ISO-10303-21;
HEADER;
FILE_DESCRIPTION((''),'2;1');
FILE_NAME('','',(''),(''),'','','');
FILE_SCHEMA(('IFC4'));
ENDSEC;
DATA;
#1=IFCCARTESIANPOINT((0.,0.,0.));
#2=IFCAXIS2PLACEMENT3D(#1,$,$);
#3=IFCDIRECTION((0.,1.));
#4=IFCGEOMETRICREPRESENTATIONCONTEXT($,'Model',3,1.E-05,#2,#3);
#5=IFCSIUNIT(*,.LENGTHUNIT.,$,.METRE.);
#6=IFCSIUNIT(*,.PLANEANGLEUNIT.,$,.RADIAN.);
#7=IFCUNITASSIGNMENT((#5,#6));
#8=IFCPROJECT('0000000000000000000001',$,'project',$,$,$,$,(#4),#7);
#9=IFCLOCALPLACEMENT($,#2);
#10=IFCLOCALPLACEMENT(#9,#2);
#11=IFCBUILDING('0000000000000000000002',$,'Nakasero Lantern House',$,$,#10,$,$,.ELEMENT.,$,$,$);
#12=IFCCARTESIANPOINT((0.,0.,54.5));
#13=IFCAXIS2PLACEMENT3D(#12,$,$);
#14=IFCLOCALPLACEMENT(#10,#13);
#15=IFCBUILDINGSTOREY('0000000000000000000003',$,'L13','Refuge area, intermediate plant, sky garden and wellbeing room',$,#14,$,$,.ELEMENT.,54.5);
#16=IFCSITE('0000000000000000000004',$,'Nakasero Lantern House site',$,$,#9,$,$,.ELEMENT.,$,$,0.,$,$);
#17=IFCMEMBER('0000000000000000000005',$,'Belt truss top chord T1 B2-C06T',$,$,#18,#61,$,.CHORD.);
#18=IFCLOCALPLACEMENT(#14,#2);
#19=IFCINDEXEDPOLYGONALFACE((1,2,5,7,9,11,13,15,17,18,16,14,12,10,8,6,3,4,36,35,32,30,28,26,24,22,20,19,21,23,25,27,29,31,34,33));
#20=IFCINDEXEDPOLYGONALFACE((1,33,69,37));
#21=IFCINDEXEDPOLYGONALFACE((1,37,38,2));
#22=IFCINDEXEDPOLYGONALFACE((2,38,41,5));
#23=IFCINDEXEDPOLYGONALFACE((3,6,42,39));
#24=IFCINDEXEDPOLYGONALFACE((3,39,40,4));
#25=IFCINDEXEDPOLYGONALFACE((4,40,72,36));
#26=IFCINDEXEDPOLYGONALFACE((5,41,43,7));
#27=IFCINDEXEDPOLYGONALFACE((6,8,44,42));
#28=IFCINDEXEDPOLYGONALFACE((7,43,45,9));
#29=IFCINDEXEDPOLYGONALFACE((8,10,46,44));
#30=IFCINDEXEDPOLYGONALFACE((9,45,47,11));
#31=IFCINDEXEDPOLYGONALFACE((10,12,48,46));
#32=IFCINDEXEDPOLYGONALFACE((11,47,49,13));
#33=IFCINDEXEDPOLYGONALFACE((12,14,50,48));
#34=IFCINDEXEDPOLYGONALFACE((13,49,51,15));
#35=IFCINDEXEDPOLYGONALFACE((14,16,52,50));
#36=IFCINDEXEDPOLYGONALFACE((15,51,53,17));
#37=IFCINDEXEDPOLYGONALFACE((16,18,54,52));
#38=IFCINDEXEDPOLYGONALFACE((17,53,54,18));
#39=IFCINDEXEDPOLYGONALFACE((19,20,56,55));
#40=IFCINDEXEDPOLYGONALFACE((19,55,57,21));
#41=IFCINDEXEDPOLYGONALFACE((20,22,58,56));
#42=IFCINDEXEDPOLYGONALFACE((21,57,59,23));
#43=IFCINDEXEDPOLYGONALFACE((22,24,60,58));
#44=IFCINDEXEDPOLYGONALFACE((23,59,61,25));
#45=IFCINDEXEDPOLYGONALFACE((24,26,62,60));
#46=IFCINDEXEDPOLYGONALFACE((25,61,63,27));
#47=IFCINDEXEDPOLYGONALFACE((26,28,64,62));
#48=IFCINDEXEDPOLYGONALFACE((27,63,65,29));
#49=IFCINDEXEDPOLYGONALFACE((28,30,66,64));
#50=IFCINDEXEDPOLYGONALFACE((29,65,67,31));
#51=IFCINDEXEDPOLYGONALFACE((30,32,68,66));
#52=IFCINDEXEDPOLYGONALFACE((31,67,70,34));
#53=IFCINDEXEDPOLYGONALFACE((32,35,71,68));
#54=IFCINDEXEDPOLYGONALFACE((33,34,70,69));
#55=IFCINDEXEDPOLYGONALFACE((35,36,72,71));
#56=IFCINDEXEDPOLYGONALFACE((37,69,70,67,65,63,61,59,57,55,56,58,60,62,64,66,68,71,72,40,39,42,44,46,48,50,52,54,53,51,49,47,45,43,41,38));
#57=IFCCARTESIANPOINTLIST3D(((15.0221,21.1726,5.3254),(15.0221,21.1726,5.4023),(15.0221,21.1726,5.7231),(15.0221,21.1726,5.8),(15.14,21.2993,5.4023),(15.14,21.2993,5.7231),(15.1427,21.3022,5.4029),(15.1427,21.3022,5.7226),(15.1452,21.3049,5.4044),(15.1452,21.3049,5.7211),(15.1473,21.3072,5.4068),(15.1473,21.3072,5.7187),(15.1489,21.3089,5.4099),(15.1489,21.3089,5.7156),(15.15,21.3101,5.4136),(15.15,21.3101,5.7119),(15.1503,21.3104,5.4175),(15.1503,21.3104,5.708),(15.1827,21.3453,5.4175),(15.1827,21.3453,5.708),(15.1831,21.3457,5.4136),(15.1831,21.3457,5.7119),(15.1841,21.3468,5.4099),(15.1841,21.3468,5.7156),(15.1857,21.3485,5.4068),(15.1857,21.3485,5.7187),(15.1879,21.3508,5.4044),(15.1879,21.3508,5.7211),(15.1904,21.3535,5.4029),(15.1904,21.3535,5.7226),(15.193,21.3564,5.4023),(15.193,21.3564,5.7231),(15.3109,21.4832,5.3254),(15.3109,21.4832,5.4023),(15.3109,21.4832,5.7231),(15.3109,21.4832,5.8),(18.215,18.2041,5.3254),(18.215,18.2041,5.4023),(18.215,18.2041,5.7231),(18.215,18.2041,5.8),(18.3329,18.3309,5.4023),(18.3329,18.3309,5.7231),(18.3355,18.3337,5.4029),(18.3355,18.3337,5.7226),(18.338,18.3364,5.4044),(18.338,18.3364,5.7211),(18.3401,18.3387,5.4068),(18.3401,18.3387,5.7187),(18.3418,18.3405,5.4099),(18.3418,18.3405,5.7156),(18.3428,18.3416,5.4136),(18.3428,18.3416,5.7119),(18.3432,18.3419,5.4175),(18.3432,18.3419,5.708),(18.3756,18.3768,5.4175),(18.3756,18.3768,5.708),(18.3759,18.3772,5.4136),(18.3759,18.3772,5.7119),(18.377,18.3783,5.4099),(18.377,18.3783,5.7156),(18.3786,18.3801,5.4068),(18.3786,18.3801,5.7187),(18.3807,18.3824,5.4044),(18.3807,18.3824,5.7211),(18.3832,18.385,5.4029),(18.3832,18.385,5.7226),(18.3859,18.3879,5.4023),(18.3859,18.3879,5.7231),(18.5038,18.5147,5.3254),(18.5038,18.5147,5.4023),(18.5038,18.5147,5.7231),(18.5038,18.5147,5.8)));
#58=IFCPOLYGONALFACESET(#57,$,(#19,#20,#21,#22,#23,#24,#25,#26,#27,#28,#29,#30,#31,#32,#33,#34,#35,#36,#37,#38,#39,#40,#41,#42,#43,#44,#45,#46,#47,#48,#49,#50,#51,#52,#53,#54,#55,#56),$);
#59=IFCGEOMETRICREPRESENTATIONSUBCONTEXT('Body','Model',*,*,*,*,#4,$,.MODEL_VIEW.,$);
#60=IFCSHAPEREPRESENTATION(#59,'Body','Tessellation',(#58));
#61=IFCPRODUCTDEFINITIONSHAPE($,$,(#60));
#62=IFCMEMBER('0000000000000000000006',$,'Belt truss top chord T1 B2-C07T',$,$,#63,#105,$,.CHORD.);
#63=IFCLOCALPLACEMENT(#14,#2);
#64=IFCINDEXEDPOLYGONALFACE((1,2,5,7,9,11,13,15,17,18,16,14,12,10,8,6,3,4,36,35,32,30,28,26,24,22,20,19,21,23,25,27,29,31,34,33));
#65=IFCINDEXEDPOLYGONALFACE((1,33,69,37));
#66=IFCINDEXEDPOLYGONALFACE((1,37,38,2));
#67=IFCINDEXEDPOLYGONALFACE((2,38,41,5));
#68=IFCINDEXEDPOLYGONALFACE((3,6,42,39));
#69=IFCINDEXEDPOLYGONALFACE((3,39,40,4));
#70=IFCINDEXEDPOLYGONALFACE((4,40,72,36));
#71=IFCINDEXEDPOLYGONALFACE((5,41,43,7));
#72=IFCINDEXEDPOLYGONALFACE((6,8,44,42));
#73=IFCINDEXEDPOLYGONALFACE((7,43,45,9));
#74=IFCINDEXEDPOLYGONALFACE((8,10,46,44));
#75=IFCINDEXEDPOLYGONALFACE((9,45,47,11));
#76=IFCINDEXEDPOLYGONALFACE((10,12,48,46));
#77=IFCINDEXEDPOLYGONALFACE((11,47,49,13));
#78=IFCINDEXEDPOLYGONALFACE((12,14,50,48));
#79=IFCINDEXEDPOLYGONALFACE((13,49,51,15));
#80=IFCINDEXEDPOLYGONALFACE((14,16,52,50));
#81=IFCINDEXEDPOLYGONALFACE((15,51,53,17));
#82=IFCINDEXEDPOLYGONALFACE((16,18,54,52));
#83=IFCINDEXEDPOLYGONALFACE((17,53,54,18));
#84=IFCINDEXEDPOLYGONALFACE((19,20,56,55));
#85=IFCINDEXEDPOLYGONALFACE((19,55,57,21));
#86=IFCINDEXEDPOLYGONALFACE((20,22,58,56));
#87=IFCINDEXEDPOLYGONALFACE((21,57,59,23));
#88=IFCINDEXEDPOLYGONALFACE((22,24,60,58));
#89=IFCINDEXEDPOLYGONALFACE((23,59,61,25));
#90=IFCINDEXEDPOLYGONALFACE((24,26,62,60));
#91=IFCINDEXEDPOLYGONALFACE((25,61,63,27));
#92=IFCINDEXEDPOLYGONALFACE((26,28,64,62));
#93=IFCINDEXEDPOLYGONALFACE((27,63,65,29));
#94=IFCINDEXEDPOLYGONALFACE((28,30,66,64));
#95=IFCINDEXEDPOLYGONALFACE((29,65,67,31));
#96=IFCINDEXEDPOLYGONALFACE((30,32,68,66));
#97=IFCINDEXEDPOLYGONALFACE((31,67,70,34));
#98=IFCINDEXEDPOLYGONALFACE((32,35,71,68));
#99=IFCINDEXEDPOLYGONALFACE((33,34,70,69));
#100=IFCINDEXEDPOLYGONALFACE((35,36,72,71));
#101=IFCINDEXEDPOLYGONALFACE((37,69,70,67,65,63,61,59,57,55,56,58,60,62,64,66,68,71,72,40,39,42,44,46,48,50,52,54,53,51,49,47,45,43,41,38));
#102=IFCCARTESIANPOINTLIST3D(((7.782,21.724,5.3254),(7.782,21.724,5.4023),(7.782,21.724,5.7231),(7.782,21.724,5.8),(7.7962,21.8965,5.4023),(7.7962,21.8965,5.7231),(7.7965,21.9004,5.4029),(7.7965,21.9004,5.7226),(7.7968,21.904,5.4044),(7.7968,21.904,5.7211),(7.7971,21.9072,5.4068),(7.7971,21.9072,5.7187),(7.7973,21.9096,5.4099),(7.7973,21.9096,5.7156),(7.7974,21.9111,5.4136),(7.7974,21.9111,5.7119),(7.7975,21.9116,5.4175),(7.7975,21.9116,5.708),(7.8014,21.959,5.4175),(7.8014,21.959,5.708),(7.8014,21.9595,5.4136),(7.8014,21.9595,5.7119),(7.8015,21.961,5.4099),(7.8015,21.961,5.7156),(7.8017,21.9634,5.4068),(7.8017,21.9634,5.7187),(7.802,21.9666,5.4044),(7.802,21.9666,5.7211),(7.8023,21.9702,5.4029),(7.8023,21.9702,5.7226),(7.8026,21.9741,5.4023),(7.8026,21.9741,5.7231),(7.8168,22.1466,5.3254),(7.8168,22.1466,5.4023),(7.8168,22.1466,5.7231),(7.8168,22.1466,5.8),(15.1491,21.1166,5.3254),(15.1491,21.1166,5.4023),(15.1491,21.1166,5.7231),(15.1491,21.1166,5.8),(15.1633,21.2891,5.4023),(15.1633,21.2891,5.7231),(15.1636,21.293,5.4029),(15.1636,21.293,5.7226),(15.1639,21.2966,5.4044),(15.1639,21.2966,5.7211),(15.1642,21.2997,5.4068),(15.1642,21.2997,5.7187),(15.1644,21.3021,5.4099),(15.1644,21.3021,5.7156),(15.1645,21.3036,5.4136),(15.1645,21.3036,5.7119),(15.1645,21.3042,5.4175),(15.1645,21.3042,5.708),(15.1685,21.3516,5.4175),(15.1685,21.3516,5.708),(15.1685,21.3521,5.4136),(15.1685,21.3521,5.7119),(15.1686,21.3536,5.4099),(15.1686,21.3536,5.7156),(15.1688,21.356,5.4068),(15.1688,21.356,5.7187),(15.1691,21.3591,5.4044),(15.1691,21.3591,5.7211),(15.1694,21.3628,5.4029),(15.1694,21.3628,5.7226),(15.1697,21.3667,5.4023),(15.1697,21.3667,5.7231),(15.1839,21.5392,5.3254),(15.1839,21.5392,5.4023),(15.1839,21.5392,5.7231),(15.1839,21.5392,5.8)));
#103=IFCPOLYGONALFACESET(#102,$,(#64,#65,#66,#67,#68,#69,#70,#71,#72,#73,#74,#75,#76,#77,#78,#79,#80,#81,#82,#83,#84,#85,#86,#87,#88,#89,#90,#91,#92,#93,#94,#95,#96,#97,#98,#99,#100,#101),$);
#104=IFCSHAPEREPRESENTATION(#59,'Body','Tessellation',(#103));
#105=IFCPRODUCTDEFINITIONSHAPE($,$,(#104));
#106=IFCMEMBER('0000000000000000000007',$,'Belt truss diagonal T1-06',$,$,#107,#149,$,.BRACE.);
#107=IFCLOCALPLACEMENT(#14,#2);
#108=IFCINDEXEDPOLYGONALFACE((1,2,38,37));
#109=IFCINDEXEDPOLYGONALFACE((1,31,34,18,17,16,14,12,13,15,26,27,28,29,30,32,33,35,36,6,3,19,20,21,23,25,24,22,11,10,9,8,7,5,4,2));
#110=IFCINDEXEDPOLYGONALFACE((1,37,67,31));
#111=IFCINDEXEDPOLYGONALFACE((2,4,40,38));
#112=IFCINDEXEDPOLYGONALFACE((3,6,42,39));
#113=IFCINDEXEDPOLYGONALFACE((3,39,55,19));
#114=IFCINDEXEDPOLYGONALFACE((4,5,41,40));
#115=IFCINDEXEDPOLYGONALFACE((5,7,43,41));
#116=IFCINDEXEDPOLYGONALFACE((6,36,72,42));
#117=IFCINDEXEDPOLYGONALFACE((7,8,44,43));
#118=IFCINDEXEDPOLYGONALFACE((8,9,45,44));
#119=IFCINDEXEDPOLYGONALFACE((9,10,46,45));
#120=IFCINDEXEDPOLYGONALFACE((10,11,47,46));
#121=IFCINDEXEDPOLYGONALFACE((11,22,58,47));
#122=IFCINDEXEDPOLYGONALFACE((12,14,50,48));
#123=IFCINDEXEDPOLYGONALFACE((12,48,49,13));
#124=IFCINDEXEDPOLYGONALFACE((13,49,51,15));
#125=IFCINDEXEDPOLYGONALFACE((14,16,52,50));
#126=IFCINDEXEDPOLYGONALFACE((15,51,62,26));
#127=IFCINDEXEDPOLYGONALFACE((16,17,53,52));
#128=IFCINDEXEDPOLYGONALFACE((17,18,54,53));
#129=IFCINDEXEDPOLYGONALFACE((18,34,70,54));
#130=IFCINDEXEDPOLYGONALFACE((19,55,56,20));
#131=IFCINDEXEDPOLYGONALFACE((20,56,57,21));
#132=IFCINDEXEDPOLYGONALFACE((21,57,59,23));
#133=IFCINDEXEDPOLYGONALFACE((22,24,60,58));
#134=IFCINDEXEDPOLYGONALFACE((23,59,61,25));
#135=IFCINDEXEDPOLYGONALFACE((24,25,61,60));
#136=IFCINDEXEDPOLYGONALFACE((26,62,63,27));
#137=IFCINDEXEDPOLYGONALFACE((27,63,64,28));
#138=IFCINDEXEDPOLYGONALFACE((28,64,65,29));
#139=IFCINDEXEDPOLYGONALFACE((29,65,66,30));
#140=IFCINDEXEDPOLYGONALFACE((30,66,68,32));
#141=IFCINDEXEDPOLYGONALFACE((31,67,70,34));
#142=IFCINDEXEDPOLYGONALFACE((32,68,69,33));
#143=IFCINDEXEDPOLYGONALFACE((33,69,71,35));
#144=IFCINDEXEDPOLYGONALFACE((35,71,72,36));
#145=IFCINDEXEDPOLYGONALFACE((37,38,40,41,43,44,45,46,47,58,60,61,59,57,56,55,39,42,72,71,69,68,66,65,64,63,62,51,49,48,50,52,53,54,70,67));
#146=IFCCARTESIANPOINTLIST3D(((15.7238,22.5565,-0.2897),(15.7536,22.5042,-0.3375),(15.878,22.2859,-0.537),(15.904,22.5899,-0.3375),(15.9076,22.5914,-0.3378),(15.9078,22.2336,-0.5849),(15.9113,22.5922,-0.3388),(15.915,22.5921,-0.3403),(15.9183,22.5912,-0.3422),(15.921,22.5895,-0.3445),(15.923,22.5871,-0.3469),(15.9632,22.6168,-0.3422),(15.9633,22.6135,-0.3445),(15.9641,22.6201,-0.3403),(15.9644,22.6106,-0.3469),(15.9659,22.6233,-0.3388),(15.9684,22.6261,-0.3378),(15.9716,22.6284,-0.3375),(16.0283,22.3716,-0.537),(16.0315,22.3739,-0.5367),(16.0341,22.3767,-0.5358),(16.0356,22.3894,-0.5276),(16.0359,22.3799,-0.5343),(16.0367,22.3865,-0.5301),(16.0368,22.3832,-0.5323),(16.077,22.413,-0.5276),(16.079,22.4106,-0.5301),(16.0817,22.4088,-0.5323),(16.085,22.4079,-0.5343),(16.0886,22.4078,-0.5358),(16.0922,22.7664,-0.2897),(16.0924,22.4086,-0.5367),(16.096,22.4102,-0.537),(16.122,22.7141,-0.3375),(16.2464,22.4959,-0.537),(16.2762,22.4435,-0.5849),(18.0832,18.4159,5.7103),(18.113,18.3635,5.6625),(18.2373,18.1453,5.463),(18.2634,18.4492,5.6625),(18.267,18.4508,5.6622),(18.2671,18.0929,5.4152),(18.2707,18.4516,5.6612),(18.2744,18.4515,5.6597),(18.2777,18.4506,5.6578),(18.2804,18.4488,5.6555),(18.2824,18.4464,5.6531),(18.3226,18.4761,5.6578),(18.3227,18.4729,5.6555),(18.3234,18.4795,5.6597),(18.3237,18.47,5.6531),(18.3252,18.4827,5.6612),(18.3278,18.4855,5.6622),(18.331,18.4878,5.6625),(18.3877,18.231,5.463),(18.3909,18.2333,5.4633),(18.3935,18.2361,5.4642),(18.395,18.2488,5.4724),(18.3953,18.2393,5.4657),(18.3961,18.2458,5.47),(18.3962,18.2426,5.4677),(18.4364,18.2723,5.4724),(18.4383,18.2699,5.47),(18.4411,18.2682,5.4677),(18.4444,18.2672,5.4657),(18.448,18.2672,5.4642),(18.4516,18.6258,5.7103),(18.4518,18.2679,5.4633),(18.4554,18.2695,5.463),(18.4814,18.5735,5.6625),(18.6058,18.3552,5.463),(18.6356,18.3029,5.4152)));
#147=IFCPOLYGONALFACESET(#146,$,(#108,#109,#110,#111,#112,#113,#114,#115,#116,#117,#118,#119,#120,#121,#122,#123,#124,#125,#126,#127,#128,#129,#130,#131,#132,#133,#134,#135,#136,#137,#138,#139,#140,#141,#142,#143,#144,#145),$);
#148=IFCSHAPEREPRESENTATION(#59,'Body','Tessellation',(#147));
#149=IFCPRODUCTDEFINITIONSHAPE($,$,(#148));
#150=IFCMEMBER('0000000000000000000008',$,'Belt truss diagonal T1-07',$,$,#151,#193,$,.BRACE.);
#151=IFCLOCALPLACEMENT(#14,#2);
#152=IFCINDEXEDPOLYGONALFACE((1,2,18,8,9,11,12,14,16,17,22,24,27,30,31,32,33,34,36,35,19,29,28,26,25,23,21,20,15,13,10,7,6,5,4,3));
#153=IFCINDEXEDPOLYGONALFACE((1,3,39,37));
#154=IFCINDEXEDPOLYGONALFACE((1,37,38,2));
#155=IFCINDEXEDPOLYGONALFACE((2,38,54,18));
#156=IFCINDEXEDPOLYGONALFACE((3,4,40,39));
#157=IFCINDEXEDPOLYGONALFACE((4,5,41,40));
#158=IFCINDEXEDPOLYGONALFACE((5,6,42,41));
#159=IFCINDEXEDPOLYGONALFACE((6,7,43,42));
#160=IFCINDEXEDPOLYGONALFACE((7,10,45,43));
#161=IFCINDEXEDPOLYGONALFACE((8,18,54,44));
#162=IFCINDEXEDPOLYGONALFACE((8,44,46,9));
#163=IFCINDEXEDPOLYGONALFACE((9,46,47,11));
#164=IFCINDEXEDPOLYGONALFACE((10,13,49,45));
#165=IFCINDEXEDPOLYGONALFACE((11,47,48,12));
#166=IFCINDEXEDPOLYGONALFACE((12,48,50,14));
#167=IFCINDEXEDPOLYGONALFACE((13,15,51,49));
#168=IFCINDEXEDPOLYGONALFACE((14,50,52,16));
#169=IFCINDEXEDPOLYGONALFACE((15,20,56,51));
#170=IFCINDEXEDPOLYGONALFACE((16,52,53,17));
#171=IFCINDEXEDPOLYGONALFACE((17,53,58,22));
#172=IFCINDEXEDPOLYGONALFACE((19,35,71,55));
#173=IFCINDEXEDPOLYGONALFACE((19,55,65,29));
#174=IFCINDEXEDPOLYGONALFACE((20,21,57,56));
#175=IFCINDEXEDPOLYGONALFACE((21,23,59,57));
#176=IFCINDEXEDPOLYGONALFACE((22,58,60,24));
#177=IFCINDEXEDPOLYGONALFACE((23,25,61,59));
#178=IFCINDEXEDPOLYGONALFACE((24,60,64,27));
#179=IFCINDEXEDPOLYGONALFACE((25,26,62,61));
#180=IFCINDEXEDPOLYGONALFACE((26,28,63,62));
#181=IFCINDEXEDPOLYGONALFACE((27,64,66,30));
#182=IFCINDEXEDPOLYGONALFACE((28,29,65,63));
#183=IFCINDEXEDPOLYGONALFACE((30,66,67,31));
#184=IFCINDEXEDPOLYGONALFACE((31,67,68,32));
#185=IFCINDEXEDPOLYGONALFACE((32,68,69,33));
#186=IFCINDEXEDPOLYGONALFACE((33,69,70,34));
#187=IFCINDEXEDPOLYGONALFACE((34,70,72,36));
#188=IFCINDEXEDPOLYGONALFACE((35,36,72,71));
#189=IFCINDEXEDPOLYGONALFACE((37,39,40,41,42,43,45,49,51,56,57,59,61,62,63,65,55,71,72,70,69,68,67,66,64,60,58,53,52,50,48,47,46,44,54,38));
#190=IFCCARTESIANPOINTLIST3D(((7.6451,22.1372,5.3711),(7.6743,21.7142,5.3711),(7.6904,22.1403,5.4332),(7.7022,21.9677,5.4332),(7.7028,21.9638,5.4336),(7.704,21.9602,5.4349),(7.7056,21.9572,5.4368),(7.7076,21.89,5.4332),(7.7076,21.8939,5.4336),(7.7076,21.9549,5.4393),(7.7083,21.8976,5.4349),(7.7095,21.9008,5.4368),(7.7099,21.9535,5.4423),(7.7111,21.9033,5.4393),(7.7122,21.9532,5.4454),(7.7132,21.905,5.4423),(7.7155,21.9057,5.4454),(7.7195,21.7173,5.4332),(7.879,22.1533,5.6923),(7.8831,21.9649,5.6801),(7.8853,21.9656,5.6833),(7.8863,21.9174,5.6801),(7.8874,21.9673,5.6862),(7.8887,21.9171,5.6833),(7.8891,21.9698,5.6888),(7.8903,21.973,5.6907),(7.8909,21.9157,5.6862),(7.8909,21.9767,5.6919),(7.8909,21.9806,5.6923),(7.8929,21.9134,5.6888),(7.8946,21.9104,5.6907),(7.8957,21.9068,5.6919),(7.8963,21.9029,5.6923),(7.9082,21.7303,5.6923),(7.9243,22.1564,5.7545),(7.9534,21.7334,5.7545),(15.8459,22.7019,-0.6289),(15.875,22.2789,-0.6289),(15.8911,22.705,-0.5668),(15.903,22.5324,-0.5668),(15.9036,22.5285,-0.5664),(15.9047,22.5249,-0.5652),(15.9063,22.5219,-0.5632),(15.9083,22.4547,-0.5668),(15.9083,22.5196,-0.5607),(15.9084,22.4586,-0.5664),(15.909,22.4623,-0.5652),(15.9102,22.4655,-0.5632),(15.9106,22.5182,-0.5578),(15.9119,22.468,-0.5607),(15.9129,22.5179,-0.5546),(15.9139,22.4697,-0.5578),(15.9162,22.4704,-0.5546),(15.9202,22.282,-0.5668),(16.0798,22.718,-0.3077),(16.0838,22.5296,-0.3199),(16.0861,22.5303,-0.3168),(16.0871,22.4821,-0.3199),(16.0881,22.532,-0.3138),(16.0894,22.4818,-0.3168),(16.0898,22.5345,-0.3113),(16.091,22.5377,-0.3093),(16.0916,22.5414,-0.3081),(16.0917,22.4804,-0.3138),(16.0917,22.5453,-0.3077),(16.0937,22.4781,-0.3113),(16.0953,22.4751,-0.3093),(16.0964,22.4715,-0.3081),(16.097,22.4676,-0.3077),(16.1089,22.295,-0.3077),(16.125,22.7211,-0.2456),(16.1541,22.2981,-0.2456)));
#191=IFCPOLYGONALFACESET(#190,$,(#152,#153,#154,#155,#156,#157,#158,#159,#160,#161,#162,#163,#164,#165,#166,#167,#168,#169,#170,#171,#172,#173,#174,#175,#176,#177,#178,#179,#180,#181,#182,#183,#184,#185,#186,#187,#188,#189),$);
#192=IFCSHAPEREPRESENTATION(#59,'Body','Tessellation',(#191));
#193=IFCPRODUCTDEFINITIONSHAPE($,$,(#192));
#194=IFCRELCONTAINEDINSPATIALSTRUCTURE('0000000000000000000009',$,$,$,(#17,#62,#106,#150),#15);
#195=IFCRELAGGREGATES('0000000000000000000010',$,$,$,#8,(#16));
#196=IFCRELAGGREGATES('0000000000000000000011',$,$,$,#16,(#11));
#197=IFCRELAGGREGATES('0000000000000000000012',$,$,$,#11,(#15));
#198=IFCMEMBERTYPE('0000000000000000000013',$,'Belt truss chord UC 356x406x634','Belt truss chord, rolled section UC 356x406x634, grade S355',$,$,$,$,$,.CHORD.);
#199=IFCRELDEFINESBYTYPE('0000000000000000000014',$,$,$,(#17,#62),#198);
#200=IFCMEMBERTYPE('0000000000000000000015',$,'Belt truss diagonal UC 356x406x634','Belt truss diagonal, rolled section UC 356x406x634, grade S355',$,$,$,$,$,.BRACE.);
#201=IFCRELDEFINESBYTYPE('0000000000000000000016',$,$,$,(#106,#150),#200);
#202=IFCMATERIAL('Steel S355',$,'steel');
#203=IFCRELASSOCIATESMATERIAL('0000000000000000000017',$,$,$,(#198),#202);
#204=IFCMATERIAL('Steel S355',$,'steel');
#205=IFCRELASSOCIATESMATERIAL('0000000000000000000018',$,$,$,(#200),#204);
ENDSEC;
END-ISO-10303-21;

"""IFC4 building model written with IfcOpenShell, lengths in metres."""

from ifc_helpers import new_model, si_unit, direction, frame, origin, origin_2d, place, context, subcontext, project, spatial, i_section, extrude, material, material_profile, profile_set, type_object, element, save


model = new_model("IFC4")

# Units and contexts
model_context = context("Model", 3, precision=1e-05, world=origin(), true_north=direction((0.0, 1.0)))
body_context = subcontext(model_context, "Body", "Model", "MODEL_VIEW")
ifc_project = project(units=[si_unit("LENGTHUNIT", "METRE"), si_unit("PLANEANGLEUNIT", "RADIAN")], contexts=[model_context])

# Site, building, storey
site_placement = place(None, origin())
site = spatial("IfcSite", under=ifc_project, at=site_placement, Name="Nakasero Lantern House site", CompositionType="ELEMENT", RefElevation=0.0)
building_placement = place(site_placement, origin())
building = spatial("IfcBuilding", under=site, at=building_placement, Name="Nakasero Lantern House", CompositionType="ELEMENT")
storey_placement = place(building_placement, frame((0.0, 0.0, 54.5)))
storey = spatial("IfcBuildingStorey", under=building, at=storey_placement, Name="L13", Description="Refuge area, intermediate plant, sky garden and wellbeing room", CompositionType="ELEMENT", Elevation=54.5)

# Members
ifc_material_1 = material(Name="Steel S355", Category="steel")
ifc_material_profile_1 = material_profile(ifc_material_1, i_section(OverallWidth=0.4241, OverallDepth=0.4746, WebThickness=0.0476, FlangeThickness=0.0769, FilletRadius=0.0151, at=origin_2d()), Name="UC 356x406x634")
ifc_profile_set_1 = profile_set([ifc_material_profile_1], Name="Steel S355")
member_type_1 = type_object("IfcMemberType", Name="Belt truss chord UC 356x406x634", Description="Belt truss chord, rolled section UC 356x406x634, grade S355", PredefinedType="CHORD", material=ifc_profile_set_1)
member_1_placement = place(storey_placement, frame((18.3594, 18.3594, 5.5627), z_axis=(-0.732371, 0.680906, 0.0), x_axis=(-0.680906, -0.732371, 0.0)))
element("IfcMember", 1, at=member_1_placement, inside=storey, type_object=member_type_1, Name="Belt truss top chord T1 B2-C06T", PredefinedType="CHORD", context=body_context, shape_type="SweptSolid", body=[
    extrude(i_section(OverallWidth=0.4241, OverallDepth=0.4746, WebThickness=0.0476, FlangeThickness=0.0769, FilletRadius=0.0151, at=origin_2d()), origin(), (0.0, 0.0, 1.0), 4.3596),
])
member_2_placement = place(storey_placement, frame((15.1665, 21.3279, 5.5627), z_axis=(-0.996618, 0.082171, 0.0), x_axis=(-0.082171, -0.996618, 0.0)))
element("IfcMember", 2, at=member_2_placement, inside=storey, type_object=member_type_1, Name="Belt truss top chord T1 B2-C07T", PredefinedType="CHORD", context=body_context, shape_type="SweptSolid", body=[
    extrude(i_section(OverallWidth=0.4241, OverallDepth=0.4746, WebThickness=0.0476, FlangeThickness=0.0769, FilletRadius=0.0151, at=origin_2d()), origin(), (0.0, 0.0, 1.0), 7.3921),
])
ifc_material_2 = material(Name="Steel S355", Category="steel")
ifc_material_profile_2 = material_profile(ifc_material_2, i_section(OverallWidth=0.4241, OverallDepth=0.4746, WebThickness=0.0476, FlangeThickness=0.0769, FilletRadius=0.0151, at=origin_2d()), Name="UC 356x406x634")
ifc_profile_set_2 = profile_set([ifc_material_profile_2], Name="Steel S355")
member_type_2 = type_object("IfcMemberType", Name="Belt truss diagonal UC 356x406x634", Description="Belt truss diagonal, rolled section UC 356x406x634, grade S355", PredefinedType="BRACE", material=ifc_profile_set_2)
member_3_placement = place(storey_placement, frame((18.3594, 18.3594, 5.5627), z_axis=(-0.307918, 0.540387, -0.783051), x_axis=(-0.868848, -0.495079, 0.0)))
element("IfcMember", 3, at=member_3_placement, inside=storey, type_object=member_type_2, Name="Belt truss diagonal T1-06", PredefinedType="BRACE", context=body_context, shape_type="SweptSolid", body=[
    extrude(i_section(OverallWidth=0.4241, OverallDepth=0.4746, WebThickness=0.0476, FlangeThickness=0.0769, FilletRadius=0.0151, at=origin_2d()), origin(), (0.0, 0.0, 1.0), 7.6624),
])
member_4_placement = place(storey_placement, frame((16.0, 22.5, -0.4373), z_axis=(-0.80581, -0.055488, 0.589568), x_axis=(0.068697, -0.997638, 0.0)))
element("IfcMember", 4, at=member_4_placement, inside=storey, type_object=member_type_2, Name="Belt truss diagonal T1-07", PredefinedType="BRACE", context=body_context, shape_type="SweptSolid", body=[
    extrude(i_section(OverallWidth=0.4241, OverallDepth=0.4746, WebThickness=0.0476, FlangeThickness=0.0769, FilletRadius=0.0151, at=origin_2d()), origin(), (0.0, 0.0, 1.0), 10.177),
])

save(model, "model.ifc")
